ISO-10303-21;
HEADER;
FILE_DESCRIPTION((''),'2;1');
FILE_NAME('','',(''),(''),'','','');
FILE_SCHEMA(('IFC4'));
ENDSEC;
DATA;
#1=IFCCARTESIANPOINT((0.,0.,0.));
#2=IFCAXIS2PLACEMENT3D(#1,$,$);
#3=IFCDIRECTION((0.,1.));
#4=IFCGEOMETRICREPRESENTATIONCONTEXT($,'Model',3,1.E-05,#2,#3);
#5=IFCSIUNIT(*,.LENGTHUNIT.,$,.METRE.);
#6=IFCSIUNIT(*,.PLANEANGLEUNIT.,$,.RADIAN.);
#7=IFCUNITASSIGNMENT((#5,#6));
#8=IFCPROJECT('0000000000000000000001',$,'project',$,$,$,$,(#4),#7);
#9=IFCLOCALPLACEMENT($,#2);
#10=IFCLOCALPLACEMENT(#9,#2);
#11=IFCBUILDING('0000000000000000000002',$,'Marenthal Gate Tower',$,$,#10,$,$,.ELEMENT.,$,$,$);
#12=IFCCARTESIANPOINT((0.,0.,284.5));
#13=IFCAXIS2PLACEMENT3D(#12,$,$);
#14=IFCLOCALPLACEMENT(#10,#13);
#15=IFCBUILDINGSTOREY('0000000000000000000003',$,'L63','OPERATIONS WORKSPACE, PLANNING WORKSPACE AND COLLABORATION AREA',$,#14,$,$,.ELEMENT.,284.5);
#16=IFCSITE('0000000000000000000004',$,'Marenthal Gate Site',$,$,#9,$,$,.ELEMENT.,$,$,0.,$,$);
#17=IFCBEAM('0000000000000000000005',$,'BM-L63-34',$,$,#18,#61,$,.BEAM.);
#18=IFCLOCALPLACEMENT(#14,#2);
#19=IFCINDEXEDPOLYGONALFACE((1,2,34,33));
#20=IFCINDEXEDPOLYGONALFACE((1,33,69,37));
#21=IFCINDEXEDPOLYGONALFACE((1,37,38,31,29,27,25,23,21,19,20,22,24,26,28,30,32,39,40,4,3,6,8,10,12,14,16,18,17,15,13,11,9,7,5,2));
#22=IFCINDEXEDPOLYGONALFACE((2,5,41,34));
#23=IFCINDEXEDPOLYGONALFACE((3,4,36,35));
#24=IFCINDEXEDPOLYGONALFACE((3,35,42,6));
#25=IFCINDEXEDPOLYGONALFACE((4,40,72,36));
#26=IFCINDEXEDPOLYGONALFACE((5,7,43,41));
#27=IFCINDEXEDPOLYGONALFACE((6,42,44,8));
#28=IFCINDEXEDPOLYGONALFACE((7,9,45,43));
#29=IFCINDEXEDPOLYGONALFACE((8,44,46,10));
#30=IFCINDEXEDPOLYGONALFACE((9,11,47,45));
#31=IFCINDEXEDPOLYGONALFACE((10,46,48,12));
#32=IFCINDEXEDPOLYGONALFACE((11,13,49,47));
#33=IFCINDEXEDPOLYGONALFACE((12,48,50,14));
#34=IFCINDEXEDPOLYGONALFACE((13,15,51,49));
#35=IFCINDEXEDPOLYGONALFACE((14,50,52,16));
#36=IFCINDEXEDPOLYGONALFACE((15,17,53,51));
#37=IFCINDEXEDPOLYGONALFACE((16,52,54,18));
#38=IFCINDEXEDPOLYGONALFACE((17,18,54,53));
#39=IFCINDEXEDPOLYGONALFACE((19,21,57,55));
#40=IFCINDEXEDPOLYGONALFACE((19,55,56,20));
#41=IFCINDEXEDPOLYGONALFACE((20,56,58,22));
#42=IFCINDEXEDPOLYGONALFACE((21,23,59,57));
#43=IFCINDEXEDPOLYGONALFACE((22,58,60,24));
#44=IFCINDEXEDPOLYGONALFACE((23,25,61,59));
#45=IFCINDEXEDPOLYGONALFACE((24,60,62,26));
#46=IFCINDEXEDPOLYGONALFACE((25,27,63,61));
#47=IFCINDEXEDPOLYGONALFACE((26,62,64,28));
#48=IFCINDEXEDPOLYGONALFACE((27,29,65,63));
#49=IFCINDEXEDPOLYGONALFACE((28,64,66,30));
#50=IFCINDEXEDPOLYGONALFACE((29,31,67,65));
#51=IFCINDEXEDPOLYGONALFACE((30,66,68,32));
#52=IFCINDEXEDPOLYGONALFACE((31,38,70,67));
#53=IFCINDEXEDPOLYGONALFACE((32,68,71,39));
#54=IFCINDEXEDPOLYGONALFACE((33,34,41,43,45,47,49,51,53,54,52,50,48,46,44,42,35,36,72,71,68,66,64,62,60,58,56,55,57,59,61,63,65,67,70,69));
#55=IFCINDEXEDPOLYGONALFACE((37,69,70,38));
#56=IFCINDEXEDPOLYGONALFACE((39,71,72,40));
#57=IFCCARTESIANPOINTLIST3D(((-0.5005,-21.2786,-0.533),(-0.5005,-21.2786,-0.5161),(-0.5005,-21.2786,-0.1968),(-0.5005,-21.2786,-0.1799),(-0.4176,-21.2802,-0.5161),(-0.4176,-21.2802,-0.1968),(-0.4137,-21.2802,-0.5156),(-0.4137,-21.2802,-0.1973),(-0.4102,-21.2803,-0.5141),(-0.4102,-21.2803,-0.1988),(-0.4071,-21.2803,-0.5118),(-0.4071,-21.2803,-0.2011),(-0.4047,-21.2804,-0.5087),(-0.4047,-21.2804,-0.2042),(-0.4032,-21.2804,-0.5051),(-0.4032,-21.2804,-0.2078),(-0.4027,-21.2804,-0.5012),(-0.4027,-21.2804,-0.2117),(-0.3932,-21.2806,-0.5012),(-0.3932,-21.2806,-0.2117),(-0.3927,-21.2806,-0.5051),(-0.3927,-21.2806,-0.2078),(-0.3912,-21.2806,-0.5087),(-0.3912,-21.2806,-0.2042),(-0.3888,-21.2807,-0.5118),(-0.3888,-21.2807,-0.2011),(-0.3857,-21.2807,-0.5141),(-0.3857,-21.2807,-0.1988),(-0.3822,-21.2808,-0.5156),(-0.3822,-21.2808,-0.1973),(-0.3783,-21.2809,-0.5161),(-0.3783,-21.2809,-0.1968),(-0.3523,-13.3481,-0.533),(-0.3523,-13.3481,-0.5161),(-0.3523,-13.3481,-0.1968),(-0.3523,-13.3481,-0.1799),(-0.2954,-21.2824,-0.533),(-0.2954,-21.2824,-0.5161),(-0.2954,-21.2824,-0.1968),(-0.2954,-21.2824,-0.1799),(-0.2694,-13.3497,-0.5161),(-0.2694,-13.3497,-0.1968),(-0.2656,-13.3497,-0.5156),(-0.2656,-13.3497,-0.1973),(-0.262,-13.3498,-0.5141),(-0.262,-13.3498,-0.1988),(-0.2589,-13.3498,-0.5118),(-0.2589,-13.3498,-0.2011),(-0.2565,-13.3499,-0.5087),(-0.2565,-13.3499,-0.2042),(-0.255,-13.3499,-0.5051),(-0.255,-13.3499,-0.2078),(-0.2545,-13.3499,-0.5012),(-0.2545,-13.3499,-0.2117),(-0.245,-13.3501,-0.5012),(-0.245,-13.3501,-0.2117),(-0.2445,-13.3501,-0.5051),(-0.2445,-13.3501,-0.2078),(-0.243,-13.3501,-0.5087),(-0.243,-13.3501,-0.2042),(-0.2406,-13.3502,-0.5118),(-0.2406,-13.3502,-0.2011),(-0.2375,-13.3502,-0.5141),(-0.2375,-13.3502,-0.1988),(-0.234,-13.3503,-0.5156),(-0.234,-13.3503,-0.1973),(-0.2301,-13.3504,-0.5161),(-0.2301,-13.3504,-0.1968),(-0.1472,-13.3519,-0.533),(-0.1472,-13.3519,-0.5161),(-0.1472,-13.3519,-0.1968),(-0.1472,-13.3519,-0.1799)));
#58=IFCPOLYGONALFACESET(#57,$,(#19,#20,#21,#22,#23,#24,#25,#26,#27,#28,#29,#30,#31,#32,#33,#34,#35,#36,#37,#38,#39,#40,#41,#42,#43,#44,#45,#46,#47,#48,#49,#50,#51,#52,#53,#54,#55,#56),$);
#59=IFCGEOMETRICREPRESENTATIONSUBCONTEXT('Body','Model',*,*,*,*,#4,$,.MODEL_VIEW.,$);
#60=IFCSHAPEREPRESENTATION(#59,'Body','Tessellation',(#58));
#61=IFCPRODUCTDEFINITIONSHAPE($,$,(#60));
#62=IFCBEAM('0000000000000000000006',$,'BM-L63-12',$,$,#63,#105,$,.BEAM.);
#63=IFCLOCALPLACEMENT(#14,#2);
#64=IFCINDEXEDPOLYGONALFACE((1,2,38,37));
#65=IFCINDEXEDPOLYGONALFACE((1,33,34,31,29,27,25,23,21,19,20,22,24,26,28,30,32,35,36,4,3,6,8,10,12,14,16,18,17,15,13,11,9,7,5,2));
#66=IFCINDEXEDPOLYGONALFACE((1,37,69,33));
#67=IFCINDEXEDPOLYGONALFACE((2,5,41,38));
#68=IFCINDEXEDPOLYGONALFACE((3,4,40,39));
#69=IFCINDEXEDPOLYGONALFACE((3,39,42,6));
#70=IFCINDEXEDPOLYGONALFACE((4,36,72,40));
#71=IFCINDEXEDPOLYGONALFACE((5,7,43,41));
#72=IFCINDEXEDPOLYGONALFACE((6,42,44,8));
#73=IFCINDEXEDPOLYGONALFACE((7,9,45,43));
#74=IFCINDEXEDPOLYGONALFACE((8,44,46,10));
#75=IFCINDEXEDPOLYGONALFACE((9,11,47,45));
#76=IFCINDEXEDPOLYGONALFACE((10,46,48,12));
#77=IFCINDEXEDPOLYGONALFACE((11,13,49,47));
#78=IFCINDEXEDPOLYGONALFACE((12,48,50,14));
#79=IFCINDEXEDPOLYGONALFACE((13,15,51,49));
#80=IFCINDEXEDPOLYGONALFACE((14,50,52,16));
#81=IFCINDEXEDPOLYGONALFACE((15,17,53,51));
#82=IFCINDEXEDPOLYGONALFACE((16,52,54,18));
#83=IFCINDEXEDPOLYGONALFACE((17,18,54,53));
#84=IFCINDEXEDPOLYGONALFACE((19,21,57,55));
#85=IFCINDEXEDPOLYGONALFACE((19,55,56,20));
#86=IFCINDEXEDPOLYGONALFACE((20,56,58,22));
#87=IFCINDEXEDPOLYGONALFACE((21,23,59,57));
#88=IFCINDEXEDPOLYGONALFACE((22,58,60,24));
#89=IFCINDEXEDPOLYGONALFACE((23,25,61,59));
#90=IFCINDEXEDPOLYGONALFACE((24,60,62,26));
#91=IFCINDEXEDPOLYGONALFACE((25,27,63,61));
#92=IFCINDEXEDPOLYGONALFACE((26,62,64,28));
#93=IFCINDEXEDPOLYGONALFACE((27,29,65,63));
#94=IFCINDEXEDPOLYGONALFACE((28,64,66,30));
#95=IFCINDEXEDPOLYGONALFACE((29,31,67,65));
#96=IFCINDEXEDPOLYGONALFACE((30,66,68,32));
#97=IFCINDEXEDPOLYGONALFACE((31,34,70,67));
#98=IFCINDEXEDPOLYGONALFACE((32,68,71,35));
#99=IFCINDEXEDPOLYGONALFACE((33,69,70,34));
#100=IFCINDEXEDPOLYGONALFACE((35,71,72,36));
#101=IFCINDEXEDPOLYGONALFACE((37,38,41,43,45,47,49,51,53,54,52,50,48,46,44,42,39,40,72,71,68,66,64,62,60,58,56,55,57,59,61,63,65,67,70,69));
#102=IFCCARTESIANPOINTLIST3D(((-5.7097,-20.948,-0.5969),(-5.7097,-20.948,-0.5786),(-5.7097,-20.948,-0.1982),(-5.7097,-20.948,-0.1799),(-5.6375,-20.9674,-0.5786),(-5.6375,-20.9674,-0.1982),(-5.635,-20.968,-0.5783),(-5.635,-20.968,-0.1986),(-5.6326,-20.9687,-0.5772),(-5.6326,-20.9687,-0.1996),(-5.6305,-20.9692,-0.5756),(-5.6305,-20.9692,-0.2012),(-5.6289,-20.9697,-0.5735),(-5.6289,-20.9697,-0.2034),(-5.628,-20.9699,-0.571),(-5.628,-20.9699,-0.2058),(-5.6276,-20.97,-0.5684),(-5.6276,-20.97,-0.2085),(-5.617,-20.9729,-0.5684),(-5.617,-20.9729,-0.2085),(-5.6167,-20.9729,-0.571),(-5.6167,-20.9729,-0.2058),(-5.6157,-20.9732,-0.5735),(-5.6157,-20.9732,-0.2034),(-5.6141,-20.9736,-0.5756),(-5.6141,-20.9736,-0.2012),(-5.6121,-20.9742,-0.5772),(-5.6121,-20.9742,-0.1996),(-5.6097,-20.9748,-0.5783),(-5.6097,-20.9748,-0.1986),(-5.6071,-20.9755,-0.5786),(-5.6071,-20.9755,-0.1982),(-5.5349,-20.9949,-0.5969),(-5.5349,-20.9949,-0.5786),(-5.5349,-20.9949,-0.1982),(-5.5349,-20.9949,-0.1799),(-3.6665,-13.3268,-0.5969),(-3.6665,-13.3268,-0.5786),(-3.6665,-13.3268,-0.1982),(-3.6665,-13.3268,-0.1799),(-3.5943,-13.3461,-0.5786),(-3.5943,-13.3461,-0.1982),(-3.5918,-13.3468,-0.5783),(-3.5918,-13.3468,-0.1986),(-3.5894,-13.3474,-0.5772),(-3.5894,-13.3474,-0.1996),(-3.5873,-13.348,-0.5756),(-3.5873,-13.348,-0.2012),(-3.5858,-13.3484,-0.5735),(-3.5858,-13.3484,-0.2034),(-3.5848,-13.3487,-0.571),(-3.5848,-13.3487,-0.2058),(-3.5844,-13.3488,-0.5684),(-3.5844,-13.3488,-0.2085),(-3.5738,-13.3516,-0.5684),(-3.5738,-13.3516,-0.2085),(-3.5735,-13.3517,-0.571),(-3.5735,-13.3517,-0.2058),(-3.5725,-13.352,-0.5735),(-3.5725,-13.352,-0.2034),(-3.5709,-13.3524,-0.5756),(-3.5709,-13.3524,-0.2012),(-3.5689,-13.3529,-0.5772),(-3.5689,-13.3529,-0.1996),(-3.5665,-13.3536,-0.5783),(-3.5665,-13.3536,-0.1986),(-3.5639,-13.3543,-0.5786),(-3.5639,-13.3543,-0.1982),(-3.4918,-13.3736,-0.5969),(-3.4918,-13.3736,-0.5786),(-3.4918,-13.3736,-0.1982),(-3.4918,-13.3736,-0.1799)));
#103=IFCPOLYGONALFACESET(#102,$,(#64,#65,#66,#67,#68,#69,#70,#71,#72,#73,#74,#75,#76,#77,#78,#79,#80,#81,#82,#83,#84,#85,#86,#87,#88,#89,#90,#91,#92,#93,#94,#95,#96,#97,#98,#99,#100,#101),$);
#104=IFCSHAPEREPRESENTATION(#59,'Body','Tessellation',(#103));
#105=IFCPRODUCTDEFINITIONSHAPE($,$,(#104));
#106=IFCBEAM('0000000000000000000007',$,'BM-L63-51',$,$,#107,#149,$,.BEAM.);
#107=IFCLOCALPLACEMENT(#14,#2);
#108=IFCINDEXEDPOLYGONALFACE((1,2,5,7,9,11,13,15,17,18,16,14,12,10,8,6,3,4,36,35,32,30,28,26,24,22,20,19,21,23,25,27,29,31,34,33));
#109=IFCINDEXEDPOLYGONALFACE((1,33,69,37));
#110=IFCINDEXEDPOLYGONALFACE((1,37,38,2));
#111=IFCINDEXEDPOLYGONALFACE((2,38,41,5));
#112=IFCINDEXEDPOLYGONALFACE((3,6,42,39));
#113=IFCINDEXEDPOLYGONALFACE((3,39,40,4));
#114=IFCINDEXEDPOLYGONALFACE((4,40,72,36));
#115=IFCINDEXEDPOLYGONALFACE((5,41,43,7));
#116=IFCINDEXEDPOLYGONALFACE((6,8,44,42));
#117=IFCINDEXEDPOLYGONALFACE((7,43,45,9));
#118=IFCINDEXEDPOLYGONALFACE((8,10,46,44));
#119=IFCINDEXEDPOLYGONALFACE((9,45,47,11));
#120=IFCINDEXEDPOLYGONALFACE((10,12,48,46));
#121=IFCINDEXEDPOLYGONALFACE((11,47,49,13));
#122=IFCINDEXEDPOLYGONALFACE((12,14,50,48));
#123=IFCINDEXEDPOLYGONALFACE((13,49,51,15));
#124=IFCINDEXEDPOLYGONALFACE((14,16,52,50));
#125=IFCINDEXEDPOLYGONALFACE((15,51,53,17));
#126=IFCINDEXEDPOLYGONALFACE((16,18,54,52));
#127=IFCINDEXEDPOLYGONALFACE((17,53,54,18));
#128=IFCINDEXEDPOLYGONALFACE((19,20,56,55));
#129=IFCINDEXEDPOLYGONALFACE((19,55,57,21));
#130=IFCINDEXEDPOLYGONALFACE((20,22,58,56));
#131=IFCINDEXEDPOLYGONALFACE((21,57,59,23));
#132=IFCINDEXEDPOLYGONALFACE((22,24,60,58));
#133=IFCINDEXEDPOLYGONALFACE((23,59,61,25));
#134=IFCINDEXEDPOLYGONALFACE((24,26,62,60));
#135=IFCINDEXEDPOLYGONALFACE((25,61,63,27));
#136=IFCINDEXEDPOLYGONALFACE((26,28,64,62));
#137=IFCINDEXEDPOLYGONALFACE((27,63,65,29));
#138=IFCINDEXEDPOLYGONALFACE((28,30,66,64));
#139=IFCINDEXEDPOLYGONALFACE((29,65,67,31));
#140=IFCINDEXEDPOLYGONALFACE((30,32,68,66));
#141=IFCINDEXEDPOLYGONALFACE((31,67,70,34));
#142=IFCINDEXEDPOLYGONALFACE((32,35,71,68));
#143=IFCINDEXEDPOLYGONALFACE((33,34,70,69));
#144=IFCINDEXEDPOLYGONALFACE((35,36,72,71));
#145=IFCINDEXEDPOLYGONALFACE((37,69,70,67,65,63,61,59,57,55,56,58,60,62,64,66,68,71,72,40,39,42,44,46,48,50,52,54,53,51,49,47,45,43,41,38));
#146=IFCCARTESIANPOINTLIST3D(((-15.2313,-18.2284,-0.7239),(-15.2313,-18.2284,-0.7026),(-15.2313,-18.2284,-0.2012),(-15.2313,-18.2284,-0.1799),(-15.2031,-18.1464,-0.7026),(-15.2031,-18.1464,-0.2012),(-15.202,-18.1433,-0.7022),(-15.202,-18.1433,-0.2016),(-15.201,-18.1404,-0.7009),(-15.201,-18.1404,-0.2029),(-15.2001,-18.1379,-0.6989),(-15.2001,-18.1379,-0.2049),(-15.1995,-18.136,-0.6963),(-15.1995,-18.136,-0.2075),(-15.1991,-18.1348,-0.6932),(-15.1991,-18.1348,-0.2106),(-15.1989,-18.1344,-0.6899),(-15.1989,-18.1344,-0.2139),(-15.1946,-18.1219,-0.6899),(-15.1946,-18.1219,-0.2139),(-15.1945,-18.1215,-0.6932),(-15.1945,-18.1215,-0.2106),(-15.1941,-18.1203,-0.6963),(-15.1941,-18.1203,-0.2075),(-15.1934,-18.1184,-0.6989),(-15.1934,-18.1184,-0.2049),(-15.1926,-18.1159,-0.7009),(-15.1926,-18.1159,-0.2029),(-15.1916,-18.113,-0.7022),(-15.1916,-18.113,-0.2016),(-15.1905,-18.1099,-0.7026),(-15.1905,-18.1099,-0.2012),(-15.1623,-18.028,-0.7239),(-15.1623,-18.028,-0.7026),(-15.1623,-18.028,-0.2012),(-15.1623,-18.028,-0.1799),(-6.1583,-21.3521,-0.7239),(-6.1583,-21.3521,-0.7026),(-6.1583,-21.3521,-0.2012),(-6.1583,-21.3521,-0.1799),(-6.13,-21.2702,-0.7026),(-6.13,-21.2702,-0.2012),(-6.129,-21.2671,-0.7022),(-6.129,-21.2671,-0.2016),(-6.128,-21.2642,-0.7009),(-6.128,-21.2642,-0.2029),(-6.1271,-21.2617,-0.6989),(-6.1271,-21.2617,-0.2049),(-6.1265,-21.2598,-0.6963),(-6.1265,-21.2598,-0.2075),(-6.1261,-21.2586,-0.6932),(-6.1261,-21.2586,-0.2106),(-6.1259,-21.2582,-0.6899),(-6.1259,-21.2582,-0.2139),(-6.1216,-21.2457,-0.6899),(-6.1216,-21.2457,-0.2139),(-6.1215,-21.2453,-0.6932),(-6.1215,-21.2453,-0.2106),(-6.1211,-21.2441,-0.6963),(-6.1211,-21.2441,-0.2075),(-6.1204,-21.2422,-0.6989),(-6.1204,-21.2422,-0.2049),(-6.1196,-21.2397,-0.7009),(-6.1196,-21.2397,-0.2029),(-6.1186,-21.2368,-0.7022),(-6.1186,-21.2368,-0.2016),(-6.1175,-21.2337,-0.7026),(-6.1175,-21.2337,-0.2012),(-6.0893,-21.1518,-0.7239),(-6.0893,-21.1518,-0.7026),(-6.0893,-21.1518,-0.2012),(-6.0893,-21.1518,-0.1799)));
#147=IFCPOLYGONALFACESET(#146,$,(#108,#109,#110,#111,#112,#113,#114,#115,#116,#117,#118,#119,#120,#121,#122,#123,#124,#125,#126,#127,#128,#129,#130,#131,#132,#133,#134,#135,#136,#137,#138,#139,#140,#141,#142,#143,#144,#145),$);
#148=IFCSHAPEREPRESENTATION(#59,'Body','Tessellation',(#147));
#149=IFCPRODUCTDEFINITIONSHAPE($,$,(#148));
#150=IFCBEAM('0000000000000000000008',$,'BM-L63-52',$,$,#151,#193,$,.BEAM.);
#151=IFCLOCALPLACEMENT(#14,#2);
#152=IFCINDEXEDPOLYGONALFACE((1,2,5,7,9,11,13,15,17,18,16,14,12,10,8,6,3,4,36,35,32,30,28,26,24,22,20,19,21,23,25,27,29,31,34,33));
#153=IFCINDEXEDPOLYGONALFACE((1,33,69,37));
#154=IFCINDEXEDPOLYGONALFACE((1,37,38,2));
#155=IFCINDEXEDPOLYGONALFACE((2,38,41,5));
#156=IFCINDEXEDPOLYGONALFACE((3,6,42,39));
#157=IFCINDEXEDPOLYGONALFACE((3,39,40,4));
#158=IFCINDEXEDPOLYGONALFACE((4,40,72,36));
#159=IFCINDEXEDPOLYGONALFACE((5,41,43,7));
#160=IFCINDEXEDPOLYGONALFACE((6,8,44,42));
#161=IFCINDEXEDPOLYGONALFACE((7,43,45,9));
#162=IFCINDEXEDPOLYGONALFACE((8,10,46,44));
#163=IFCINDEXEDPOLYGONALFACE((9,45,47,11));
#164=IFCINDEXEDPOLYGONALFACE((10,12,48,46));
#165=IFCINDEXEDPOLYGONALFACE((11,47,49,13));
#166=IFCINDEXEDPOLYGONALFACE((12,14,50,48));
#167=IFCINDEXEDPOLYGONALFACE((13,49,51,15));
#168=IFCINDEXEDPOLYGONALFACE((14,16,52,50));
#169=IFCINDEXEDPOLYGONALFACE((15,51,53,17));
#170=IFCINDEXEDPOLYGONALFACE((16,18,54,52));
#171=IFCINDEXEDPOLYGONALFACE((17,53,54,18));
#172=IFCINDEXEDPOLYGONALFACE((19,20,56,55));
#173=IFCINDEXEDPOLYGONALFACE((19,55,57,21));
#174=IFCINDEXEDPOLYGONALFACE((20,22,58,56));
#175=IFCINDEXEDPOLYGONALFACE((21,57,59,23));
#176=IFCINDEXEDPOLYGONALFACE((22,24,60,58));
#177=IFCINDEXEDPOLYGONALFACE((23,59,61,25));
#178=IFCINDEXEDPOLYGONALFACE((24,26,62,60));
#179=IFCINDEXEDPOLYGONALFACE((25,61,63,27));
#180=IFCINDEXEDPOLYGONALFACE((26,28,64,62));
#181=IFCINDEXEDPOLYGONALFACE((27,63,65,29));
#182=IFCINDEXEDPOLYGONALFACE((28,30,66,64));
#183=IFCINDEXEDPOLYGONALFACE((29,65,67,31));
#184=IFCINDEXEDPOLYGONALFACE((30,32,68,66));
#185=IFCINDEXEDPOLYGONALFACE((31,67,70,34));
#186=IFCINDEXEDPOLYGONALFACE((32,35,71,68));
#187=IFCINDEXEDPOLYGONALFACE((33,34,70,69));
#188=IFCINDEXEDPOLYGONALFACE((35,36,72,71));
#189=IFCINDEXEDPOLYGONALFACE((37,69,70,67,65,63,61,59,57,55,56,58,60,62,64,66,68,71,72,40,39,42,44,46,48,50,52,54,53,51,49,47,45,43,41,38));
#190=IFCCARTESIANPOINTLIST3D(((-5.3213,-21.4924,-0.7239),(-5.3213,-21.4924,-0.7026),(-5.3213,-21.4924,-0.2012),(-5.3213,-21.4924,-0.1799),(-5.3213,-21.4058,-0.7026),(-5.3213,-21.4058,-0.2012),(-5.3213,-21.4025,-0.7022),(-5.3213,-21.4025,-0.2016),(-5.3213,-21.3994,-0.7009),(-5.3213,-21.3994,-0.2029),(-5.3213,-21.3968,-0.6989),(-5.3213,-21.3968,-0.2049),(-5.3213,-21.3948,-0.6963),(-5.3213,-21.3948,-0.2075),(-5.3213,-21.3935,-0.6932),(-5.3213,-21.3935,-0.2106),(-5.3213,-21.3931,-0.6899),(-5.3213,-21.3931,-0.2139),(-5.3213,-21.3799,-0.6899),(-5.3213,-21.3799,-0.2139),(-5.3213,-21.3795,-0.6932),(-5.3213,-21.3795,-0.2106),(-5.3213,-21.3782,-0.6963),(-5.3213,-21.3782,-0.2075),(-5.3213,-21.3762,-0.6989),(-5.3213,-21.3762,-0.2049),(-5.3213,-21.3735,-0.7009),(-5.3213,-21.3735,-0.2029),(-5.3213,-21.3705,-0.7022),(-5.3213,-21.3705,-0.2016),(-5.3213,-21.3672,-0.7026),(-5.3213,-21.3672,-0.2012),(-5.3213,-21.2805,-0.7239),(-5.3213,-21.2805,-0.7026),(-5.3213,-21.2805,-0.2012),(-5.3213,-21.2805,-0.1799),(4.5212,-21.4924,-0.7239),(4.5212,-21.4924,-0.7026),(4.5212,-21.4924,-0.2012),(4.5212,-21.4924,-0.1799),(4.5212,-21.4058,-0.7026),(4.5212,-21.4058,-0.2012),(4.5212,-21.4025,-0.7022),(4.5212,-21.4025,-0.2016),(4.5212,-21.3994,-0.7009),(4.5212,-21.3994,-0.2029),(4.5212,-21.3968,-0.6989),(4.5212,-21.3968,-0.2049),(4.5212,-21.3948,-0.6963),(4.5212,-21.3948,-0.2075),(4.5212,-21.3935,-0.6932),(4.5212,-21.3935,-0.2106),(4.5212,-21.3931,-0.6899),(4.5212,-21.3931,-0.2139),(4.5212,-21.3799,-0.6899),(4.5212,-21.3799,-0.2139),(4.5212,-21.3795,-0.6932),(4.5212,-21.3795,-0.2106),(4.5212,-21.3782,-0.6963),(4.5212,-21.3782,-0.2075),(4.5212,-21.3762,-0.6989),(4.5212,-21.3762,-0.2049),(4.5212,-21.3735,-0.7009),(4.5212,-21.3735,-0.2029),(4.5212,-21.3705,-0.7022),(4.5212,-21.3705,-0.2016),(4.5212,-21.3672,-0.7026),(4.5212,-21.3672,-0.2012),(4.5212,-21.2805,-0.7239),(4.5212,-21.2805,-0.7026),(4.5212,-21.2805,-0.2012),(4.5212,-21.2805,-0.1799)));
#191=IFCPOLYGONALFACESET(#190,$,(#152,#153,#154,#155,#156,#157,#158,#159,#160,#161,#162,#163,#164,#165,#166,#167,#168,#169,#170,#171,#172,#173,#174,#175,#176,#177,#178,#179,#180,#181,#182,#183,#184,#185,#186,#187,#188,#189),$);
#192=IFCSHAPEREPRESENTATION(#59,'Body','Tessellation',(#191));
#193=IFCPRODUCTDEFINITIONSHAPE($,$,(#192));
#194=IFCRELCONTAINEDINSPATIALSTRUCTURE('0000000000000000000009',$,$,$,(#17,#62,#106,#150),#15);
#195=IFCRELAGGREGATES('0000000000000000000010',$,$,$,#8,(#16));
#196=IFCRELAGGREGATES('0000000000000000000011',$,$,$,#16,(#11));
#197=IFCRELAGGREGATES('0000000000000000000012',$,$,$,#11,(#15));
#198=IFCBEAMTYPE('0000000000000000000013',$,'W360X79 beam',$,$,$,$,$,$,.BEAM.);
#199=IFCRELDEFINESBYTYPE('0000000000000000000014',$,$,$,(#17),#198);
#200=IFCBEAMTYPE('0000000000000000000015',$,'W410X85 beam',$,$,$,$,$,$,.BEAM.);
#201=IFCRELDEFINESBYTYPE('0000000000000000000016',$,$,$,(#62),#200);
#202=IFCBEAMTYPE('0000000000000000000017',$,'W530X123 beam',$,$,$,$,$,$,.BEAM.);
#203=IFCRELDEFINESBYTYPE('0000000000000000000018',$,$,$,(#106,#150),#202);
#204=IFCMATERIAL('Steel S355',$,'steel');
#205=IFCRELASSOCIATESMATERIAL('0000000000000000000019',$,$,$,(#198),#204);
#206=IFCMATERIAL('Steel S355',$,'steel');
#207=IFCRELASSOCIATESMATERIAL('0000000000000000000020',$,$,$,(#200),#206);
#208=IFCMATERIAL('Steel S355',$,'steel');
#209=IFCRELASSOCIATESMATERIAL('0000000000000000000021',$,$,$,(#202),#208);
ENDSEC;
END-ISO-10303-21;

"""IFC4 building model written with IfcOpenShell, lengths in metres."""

from ifc_helpers import new_model, si_unit, direction, frame, origin, origin_2d, place, context, subcontext, project, spatial, i_section, extrude, material, material_profile, profile_set, type_object, element, save


model = new_model("IFC4")

# Units and contexts
model_context = context("Model", 3, precision=1e-05, world=origin(), true_north=direction((0.0, 1.0)))
body_context = subcontext(model_context, "Body", "Model", "MODEL_VIEW")
ifc_project = project(units=[si_unit("LENGTHUNIT", "METRE"), si_unit("PLANEANGLEUNIT", "RADIAN")], contexts=[model_context])

# Site, building, storey
site_placement = place(None, origin())
site = spatial("IfcSite", under=ifc_project, at=site_placement, Name="Marenthal Gate Site", CompositionType="ELEMENT", RefElevation=0.0)
building_placement = place(site_placement, origin())
building = spatial("IfcBuilding", under=site, at=building_placement, Name="Marenthal Gate Tower", CompositionType="ELEMENT")
storey_placement = place(building_placement, frame((0.0, 0.0, 284.5)))
storey = spatial("IfcBuildingStorey", under=building, at=storey_placement, Name="L63", Description="OPERATIONS WORKSPACE, PLANNING WORKSPACE AND COLLABORATION AREA", CompositionType="ELEMENT", Elevation=284.5)

# Beams
ifc_material_1 = material(Name="Steel S355", Category="steel")
ifc_material_profile_1 = material_profile(ifc_material_1, i_section(OverallWidth=0.2051, OverallDepth=0.353, WebThickness=0.0095, FlangeThickness=0.0168, FilletRadius=0.0149, at=origin_2d()), Name="W360X79")
ifc_profile_set_1 = profile_set([ifc_material_profile_1], Name="Steel S355")
beam_type_1 = type_object("IfcBeamType", Name="W360X79 beam", PredefinedType="BEAM", material=ifc_profile_set_1)
beam_1_placement = place(storey_placement, frame((-0.3979, -21.2805, -0.3564), z_axis=(0.018683, 0.999825, 0.0), x_axis=(-0.999825, 0.018683, 0.0)))
element("IfcBeam", 1, at=beam_1_placement, inside=storey, type_object=beam_type_1, Name="BM-L63-34", PredefinedType="BEAM", context=body_context, shape_type="SweptSolid", body=[
    extrude(i_section(OverallWidth=0.2051, OverallDepth=0.353, WebThickness=0.0095, FlangeThickness=0.0168, FilletRadius=0.0149, at=origin_2d()), origin(), (0.0, 0.0, 1.0), 7.9319),
])
ifc_material_2 = material(Name="Steel S355", Category="steel")
ifc_material_profile_2 = material_profile(ifc_material_2, i_section(OverallWidth=0.1809, OverallDepth=0.417, WebThickness=0.011, FlangeThickness=0.0183, FilletRadius=0.0103, at=origin_2d()), Name="W410X85")
ifc_profile_set_2 = profile_set([ifc_material_profile_2], Name="Steel S355")
beam_type_2 = type_object("IfcBeamType", Name="W410X85 beam", PredefinedType="BEAM", material=ifc_profile_set_2)
beam_2_placement = place(storey_placement, frame((-5.6223, -20.9714, -0.3884), z_axis=(0.258947, 0.965892, 0.0), x_axis=(-0.965892, 0.258947, 0.0)))
element("IfcBeam", 2, at=beam_2_placement, inside=storey, type_object=beam_type_2, Name="BM-L63-12", PredefinedType="BEAM", context=body_context, shape_type="SweptSolid", body=[
    extrude(i_section(OverallWidth=0.1809, OverallDepth=0.417, WebThickness=0.011, FlangeThickness=0.0183, FilletRadius=0.0103, at=origin_2d()), origin(), (0.0, 0.0, 1.0), 7.8904),
])
ifc_material_3 = material(Name="Steel S355", Category="steel")
ifc_material_profile_3 = material_profile(ifc_material_3, i_section(OverallWidth=0.2119, OverallDepth=0.5439, WebThickness=0.0132, FlangeThickness=0.0212, FilletRadius=0.0127, at=origin_2d()), Name="W530X123")
ifc_profile_set_3 = profile_set([ifc_material_profile_3], Name="Steel S355")
beam_type_3 = type_object("IfcBeamType", Name="W530X123 beam", PredefinedType="BEAM", material=ifc_profile_set_3)
beam_3_placement = place(storey_placement, frame((-15.1968, -18.1282, -0.4519), z_axis=(0.945528, -0.32554, 0.0), x_axis=(0.32554, 0.945528, 0.0)))
element("IfcBeam", 3, at=beam_3_placement, inside=storey, type_object=beam_type_3, Name="BM-L63-51", PredefinedType="BEAM", context=body_context, shape_type="SweptSolid", body=[
    extrude(i_section(OverallWidth=0.2119, OverallDepth=0.5439, WebThickness=0.0132, FlangeThickness=0.0212, FilletRadius=0.0127, at=origin_2d()), origin(), (0.0, 0.0, 1.0), 9.5957),
])
beam_4_placement = place(storey_placement, frame((-5.3213, -21.3865, -0.4519), z_axis=(1.0, 0.0, 0.0), x_axis=(0.0, 1.0, 0.0)))
element("IfcBeam", 4, at=beam_4_placement, inside=storey, type_object=beam_type_3, Name="BM-L63-52", PredefinedType="BEAM", context=body_context, shape_type="SweptSolid", body=[
    extrude(i_section(OverallWidth=0.2119, OverallDepth=0.5439, WebThickness=0.0132, FlangeThickness=0.0212, FilletRadius=0.0127, at=origin_2d()), origin(), (0.0, 0.0, 1.0), 9.8425),
])

save(model, "model.ifc")
